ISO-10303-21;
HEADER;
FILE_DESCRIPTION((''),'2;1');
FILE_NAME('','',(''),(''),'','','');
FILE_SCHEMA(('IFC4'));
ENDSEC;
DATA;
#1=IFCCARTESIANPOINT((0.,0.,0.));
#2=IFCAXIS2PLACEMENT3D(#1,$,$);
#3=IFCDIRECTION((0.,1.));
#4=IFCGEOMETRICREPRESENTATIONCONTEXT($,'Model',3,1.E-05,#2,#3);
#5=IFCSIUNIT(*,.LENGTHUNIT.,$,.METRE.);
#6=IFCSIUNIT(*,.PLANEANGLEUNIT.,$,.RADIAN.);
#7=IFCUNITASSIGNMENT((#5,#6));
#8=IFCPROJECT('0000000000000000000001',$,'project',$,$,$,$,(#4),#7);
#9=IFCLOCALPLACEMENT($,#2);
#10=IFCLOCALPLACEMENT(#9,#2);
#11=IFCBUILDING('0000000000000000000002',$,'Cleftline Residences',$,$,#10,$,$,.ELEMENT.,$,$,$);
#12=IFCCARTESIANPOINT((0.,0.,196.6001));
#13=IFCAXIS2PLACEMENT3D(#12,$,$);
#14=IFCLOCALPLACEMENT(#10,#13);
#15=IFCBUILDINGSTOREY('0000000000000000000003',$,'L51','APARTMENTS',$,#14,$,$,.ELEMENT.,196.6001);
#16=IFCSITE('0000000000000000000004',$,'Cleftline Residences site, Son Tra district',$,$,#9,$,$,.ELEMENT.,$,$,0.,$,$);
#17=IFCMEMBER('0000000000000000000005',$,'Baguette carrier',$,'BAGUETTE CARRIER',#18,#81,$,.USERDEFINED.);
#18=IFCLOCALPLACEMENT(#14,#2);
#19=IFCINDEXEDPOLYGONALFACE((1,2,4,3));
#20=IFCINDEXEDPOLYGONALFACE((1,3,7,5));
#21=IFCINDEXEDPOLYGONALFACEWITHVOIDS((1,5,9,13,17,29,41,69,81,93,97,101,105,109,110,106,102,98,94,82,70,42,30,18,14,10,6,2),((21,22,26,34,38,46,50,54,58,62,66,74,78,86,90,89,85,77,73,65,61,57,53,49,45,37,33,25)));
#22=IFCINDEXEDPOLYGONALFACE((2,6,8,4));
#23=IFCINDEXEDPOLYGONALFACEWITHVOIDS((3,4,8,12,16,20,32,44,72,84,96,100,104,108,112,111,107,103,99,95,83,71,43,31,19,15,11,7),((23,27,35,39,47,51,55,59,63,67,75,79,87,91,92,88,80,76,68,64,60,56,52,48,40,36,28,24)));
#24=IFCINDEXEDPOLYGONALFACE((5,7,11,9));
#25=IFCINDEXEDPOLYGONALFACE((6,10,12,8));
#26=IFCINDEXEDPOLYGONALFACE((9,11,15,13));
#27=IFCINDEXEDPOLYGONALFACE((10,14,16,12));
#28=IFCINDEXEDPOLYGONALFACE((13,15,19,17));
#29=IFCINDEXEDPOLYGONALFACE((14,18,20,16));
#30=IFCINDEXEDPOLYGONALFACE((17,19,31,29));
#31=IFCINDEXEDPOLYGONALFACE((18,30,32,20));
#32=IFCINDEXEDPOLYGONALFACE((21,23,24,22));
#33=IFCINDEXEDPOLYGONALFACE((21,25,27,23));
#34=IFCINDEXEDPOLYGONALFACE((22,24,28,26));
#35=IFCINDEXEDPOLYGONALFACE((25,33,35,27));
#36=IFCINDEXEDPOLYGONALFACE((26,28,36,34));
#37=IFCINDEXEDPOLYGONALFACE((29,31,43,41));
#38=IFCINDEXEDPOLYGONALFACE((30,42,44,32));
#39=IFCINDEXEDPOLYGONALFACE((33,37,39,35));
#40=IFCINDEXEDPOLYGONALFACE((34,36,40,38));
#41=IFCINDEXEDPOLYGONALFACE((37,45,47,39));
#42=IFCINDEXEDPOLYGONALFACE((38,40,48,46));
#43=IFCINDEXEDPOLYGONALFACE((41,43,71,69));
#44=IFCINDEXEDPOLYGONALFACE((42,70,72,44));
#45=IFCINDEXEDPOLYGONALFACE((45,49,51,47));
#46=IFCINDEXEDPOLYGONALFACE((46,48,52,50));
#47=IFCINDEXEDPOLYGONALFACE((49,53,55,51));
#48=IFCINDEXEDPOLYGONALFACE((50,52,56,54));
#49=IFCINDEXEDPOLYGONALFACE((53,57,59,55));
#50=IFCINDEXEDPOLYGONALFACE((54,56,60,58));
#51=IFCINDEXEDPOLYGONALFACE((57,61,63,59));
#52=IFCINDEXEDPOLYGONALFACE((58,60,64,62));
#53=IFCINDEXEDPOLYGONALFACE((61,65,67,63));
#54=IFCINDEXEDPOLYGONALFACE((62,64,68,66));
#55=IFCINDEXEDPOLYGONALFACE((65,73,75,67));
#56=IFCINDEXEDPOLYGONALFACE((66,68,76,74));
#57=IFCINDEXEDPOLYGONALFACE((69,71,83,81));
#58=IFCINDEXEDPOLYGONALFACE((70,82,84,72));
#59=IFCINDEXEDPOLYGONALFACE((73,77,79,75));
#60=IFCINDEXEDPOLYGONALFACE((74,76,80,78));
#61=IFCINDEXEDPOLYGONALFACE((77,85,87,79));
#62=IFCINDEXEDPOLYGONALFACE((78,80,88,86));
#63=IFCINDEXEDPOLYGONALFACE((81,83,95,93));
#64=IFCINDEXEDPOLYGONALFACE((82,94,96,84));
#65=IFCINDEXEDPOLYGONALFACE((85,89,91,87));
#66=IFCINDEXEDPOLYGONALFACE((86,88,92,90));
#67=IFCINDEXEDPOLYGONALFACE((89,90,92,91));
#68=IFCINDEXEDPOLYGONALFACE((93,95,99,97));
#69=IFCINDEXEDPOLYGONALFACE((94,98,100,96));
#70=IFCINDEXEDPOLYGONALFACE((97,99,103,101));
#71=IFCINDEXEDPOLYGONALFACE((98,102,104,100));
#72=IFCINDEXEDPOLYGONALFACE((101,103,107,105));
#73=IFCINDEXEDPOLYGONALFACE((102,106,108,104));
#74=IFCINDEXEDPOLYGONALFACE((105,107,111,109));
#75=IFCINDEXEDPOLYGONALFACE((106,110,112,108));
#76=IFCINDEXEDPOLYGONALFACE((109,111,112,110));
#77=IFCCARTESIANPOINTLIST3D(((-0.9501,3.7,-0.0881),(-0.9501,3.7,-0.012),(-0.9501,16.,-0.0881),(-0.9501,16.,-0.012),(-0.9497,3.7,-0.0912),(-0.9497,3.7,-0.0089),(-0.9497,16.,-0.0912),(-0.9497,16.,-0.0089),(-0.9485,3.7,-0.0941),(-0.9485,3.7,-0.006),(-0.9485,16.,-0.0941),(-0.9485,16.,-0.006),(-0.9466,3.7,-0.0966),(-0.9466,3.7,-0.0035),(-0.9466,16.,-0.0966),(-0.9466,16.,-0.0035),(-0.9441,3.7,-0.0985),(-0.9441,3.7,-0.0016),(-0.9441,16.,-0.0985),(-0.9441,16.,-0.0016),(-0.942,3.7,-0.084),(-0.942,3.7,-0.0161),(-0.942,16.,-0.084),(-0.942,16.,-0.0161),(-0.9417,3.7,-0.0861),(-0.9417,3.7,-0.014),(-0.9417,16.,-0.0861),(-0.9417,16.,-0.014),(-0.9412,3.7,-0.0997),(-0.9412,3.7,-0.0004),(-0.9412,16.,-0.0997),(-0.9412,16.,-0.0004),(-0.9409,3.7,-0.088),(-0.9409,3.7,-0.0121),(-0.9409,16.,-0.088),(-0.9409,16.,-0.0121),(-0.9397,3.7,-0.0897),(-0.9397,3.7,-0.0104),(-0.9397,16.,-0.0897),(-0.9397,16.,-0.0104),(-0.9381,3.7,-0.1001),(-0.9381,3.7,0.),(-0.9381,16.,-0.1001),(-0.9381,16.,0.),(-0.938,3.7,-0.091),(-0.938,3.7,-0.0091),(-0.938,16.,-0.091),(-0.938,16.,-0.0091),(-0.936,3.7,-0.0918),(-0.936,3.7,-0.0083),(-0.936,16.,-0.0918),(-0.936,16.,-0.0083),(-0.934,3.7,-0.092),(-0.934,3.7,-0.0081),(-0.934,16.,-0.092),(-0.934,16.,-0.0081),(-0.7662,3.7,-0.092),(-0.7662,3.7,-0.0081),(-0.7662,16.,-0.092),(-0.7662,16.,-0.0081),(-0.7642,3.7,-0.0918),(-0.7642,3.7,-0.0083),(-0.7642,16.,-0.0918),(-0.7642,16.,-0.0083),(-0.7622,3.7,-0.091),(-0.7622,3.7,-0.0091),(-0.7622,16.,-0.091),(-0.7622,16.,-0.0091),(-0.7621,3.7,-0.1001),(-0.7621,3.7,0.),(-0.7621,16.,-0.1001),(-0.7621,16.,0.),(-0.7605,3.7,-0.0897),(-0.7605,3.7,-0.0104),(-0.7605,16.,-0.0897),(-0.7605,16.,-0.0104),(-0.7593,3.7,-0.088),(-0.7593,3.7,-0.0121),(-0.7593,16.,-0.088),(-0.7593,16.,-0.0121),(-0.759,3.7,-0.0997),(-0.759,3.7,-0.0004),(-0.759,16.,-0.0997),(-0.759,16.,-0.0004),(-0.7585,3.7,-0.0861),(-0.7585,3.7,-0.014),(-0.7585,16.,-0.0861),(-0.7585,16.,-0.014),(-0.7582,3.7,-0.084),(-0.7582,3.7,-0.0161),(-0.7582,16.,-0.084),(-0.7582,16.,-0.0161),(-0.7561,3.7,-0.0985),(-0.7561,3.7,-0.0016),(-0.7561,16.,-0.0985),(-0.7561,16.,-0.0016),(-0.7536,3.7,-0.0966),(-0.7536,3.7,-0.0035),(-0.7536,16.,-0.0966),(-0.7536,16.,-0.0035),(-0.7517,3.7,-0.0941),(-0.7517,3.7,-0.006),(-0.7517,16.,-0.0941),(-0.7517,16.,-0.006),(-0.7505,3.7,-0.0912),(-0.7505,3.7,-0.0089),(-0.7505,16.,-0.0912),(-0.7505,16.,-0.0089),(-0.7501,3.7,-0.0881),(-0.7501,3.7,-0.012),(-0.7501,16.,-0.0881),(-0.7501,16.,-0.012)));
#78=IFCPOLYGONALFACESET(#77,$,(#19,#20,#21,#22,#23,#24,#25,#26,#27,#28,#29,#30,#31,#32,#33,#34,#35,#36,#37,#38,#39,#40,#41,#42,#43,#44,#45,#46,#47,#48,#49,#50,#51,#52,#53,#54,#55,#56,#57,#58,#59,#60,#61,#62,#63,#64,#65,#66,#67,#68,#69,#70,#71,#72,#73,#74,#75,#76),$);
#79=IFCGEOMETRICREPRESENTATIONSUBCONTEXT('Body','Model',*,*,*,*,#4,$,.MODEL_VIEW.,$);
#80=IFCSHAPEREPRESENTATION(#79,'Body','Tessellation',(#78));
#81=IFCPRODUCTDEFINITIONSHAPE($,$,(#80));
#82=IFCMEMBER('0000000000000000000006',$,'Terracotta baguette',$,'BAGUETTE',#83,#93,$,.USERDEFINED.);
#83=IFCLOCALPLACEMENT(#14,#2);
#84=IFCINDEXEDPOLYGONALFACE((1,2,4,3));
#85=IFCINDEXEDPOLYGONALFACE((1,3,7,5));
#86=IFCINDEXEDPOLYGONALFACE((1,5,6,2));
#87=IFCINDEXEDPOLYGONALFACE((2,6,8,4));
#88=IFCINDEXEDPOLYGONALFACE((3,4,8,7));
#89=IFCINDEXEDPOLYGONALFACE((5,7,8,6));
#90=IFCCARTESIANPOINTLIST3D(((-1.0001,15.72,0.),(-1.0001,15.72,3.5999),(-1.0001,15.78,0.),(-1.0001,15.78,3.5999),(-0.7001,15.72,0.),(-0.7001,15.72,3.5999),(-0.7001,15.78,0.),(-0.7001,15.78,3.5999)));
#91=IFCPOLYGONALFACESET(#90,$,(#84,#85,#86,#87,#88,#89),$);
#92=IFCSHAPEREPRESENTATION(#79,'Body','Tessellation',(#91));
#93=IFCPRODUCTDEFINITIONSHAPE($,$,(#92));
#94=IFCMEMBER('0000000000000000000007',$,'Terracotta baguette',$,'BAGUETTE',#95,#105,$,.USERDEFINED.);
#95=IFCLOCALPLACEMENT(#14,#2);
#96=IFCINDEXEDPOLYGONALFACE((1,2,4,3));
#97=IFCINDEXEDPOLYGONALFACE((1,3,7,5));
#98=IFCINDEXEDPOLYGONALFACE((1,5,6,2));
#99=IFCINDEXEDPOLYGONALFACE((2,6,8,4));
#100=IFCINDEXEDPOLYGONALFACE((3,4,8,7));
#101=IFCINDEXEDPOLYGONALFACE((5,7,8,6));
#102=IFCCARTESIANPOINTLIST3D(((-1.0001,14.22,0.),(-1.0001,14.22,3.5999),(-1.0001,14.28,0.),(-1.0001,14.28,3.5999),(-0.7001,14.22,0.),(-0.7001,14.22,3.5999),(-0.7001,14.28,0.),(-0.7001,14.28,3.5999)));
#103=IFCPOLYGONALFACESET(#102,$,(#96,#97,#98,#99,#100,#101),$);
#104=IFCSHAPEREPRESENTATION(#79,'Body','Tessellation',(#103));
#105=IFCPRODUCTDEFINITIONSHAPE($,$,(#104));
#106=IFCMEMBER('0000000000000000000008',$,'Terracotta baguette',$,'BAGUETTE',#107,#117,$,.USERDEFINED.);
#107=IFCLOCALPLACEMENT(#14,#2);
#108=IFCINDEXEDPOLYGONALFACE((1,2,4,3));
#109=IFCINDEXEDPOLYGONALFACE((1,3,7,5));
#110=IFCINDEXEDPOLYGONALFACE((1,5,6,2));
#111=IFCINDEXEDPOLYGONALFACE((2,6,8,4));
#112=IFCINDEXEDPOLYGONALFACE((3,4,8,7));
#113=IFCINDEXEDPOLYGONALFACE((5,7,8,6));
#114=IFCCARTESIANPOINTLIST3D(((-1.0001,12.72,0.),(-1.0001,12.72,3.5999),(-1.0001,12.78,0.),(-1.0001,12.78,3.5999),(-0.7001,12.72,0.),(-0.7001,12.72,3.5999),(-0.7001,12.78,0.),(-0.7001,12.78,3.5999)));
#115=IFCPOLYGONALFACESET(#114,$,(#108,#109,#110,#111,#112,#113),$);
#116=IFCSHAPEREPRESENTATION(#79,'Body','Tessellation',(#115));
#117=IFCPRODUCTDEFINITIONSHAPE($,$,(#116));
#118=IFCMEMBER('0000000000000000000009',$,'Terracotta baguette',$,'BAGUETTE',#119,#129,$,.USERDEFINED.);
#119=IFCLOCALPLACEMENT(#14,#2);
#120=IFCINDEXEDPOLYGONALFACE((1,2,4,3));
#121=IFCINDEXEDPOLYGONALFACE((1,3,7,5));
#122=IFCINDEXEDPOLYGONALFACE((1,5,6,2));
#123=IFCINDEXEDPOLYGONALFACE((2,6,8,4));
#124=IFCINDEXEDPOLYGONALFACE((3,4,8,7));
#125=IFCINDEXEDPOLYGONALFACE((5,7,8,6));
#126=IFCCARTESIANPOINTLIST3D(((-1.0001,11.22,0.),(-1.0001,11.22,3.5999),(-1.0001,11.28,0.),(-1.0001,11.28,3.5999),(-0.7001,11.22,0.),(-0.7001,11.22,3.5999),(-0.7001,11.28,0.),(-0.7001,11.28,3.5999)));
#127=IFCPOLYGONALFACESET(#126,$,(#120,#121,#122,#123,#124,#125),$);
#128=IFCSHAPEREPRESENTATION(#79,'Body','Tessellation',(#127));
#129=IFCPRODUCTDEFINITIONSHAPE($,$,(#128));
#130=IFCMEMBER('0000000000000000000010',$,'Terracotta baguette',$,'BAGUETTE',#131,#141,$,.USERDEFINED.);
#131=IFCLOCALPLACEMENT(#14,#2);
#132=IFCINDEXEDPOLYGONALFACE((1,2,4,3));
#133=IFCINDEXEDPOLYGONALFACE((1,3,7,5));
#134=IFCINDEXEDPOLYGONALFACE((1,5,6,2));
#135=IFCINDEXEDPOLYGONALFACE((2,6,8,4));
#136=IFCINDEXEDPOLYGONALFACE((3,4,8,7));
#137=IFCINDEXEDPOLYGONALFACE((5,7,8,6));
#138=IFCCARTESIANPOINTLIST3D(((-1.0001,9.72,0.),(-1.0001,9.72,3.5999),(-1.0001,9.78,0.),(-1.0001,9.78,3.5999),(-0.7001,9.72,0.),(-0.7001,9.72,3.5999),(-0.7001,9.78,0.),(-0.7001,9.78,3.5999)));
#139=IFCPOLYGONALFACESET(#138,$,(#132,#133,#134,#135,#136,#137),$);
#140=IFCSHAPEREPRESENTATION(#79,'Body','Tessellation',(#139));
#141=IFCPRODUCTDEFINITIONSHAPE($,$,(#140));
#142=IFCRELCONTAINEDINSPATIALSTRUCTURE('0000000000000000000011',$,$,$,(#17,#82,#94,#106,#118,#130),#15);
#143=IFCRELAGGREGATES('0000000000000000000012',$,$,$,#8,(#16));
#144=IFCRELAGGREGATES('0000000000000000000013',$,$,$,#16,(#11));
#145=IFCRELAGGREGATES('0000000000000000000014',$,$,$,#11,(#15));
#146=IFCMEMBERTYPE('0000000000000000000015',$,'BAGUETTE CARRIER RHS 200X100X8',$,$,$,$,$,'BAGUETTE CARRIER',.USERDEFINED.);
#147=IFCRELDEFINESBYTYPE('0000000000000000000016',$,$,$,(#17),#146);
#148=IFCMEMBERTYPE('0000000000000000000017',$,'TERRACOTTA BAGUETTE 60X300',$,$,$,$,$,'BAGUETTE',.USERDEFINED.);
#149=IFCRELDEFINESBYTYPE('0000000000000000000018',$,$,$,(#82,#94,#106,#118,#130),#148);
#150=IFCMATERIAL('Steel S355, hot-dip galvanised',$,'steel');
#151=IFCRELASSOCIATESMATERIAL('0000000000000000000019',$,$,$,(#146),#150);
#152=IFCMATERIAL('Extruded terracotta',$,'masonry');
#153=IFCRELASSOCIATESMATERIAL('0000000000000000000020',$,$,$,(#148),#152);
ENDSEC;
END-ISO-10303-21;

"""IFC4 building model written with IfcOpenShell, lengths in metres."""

from ifc_helpers import new_model, si_unit, direction, frame, origin, origin_2d, place, context, subcontext, project, spatial, rectangle, hollow_rectangle, extrude, material, material_profile, profile_set, type_object, element, save


model = new_model("IFC4")

# Units and contexts
model_context = context("Model", 3, precision=1e-05, world=origin(), true_north=direction((0.0, 1.0)))
body_context = subcontext(model_context, "Body", "Model", "MODEL_VIEW")
ifc_project = project(units=[si_unit("LENGTHUNIT", "METRE"), si_unit("PLANEANGLEUNIT", "RADIAN")], contexts=[model_context])

# Site, building, storey
site_placement = place(None, origin())
site = spatial("IfcSite", under=ifc_project, at=site_placement, Name="Cleftline Residences site, Son Tra district", CompositionType="ELEMENT", RefElevation=0.0)
building_placement = place(site_placement, origin())
building = spatial("IfcBuilding", under=site, at=building_placement, Name="Cleftline Residences", CompositionType="ELEMENT")
storey_placement = place(building_placement, frame((0.0, 0.0, 196.6001)))
storey = spatial("IfcBuildingStorey", under=building, at=storey_placement, Name="L51", Description="APARTMENTS", CompositionType="ELEMENT", Elevation=196.6001)

# Members
ifc_material_1 = material(Name="Steel S355, hot-dip galvanised", Category="steel")
ifc_material_profile_1 = material_profile(ifc_material_1, hollow_rectangle(XDim=0.1001, YDim=0.2, WallThickness=0.0081, InnerFilletRadius=0.0081, OuterFilletRadius=0.012, at=origin_2d()))
ifc_profile_set_1 = profile_set([ifc_material_profile_1], Name="Steel S355, hot-dip galvanised")
member_type_1 = type_object("IfcMemberType", Name="BAGUETTE CARRIER RHS 200X100X8", ElementType="BAGUETTE CARRIER", PredefinedType="USERDEFINED", material=ifc_profile_set_1)
member_placement = place(storey_placement, frame((-0.8501, 16.0, -0.05), z_axis=(0.0, -1.0, 0.0), x_axis=(0.0, 0.0, 1.0)))
element("IfcMember", 1, at=member_placement, inside=storey, type_object=member_type_1, Name="Baguette carrier", ObjectType="BAGUETTE CARRIER", PredefinedType="USERDEFINED", context=body_context, shape_type="SweptSolid", body=[
    extrude(hollow_rectangle(XDim=0.1001, YDim=0.2, WallThickness=0.0081, InnerFilletRadius=0.0081, OuterFilletRadius=0.012, at=origin_2d()), origin(), (0.0, 0.0, 1.0), 12.3),
])
ifc_material_2 = material(Name="Extruded terracotta", Category="masonry")
ifc_material_profile_2 = material_profile(ifc_material_2, rectangle(XDim=0.0601, YDim=0.3, at=origin_2d()))
ifc_profile_set_2 = profile_set([ifc_material_profile_2], Name="Extruded terracotta")
member_type_2 = type_object("IfcMemberType", Name="TERRACOTTA BAGUETTE 60X300", ElementType="BAGUETTE", PredefinedType="USERDEFINED", material=ifc_profile_set_2)
for number, where, z_axis, x_axis, name in (
    (2, (-0.8501, 15.75, 0.0), (0.0, 0.0, 1.0), (0.0, 1.0, 0.0), "Terracotta baguette"),
    (3, (-0.8501, 14.25, 0.0), (0.0, 0.0, 1.0), (0.0, 1.0, 0.0), "Terracotta baguette"),
    (4, (-0.8501, 12.75, 0.0), (0.0, 0.0, 1.0), (0.0, 1.0, 0.0), "Terracotta baguette"),
    (5, (-0.8501, 11.25, 0.0), (0.0, 0.0, 1.0), (0.0, 1.0, 0.0), "Terracotta baguette"),
    (6, (-0.8501, 9.75, 0.0), (0.0, 0.0, 1.0), (0.0, 1.0, 0.0), "Terracotta baguette"),
):
    element("IfcMember", number, at=place(storey_placement, frame(where, z_axis=z_axis, x_axis=x_axis)), inside=storey, type_object=member_type_2, Name=name, ObjectType="BAGUETTE", PredefinedType="USERDEFINED", context=body_context, shape_type="SweptSolid", body=[
        extrude(rectangle(XDim=0.0601, YDim=0.3, at=origin_2d()), origin(), (0.0, 0.0, 1.0), 3.5999),
    ])

save(model, "model.ifc")
